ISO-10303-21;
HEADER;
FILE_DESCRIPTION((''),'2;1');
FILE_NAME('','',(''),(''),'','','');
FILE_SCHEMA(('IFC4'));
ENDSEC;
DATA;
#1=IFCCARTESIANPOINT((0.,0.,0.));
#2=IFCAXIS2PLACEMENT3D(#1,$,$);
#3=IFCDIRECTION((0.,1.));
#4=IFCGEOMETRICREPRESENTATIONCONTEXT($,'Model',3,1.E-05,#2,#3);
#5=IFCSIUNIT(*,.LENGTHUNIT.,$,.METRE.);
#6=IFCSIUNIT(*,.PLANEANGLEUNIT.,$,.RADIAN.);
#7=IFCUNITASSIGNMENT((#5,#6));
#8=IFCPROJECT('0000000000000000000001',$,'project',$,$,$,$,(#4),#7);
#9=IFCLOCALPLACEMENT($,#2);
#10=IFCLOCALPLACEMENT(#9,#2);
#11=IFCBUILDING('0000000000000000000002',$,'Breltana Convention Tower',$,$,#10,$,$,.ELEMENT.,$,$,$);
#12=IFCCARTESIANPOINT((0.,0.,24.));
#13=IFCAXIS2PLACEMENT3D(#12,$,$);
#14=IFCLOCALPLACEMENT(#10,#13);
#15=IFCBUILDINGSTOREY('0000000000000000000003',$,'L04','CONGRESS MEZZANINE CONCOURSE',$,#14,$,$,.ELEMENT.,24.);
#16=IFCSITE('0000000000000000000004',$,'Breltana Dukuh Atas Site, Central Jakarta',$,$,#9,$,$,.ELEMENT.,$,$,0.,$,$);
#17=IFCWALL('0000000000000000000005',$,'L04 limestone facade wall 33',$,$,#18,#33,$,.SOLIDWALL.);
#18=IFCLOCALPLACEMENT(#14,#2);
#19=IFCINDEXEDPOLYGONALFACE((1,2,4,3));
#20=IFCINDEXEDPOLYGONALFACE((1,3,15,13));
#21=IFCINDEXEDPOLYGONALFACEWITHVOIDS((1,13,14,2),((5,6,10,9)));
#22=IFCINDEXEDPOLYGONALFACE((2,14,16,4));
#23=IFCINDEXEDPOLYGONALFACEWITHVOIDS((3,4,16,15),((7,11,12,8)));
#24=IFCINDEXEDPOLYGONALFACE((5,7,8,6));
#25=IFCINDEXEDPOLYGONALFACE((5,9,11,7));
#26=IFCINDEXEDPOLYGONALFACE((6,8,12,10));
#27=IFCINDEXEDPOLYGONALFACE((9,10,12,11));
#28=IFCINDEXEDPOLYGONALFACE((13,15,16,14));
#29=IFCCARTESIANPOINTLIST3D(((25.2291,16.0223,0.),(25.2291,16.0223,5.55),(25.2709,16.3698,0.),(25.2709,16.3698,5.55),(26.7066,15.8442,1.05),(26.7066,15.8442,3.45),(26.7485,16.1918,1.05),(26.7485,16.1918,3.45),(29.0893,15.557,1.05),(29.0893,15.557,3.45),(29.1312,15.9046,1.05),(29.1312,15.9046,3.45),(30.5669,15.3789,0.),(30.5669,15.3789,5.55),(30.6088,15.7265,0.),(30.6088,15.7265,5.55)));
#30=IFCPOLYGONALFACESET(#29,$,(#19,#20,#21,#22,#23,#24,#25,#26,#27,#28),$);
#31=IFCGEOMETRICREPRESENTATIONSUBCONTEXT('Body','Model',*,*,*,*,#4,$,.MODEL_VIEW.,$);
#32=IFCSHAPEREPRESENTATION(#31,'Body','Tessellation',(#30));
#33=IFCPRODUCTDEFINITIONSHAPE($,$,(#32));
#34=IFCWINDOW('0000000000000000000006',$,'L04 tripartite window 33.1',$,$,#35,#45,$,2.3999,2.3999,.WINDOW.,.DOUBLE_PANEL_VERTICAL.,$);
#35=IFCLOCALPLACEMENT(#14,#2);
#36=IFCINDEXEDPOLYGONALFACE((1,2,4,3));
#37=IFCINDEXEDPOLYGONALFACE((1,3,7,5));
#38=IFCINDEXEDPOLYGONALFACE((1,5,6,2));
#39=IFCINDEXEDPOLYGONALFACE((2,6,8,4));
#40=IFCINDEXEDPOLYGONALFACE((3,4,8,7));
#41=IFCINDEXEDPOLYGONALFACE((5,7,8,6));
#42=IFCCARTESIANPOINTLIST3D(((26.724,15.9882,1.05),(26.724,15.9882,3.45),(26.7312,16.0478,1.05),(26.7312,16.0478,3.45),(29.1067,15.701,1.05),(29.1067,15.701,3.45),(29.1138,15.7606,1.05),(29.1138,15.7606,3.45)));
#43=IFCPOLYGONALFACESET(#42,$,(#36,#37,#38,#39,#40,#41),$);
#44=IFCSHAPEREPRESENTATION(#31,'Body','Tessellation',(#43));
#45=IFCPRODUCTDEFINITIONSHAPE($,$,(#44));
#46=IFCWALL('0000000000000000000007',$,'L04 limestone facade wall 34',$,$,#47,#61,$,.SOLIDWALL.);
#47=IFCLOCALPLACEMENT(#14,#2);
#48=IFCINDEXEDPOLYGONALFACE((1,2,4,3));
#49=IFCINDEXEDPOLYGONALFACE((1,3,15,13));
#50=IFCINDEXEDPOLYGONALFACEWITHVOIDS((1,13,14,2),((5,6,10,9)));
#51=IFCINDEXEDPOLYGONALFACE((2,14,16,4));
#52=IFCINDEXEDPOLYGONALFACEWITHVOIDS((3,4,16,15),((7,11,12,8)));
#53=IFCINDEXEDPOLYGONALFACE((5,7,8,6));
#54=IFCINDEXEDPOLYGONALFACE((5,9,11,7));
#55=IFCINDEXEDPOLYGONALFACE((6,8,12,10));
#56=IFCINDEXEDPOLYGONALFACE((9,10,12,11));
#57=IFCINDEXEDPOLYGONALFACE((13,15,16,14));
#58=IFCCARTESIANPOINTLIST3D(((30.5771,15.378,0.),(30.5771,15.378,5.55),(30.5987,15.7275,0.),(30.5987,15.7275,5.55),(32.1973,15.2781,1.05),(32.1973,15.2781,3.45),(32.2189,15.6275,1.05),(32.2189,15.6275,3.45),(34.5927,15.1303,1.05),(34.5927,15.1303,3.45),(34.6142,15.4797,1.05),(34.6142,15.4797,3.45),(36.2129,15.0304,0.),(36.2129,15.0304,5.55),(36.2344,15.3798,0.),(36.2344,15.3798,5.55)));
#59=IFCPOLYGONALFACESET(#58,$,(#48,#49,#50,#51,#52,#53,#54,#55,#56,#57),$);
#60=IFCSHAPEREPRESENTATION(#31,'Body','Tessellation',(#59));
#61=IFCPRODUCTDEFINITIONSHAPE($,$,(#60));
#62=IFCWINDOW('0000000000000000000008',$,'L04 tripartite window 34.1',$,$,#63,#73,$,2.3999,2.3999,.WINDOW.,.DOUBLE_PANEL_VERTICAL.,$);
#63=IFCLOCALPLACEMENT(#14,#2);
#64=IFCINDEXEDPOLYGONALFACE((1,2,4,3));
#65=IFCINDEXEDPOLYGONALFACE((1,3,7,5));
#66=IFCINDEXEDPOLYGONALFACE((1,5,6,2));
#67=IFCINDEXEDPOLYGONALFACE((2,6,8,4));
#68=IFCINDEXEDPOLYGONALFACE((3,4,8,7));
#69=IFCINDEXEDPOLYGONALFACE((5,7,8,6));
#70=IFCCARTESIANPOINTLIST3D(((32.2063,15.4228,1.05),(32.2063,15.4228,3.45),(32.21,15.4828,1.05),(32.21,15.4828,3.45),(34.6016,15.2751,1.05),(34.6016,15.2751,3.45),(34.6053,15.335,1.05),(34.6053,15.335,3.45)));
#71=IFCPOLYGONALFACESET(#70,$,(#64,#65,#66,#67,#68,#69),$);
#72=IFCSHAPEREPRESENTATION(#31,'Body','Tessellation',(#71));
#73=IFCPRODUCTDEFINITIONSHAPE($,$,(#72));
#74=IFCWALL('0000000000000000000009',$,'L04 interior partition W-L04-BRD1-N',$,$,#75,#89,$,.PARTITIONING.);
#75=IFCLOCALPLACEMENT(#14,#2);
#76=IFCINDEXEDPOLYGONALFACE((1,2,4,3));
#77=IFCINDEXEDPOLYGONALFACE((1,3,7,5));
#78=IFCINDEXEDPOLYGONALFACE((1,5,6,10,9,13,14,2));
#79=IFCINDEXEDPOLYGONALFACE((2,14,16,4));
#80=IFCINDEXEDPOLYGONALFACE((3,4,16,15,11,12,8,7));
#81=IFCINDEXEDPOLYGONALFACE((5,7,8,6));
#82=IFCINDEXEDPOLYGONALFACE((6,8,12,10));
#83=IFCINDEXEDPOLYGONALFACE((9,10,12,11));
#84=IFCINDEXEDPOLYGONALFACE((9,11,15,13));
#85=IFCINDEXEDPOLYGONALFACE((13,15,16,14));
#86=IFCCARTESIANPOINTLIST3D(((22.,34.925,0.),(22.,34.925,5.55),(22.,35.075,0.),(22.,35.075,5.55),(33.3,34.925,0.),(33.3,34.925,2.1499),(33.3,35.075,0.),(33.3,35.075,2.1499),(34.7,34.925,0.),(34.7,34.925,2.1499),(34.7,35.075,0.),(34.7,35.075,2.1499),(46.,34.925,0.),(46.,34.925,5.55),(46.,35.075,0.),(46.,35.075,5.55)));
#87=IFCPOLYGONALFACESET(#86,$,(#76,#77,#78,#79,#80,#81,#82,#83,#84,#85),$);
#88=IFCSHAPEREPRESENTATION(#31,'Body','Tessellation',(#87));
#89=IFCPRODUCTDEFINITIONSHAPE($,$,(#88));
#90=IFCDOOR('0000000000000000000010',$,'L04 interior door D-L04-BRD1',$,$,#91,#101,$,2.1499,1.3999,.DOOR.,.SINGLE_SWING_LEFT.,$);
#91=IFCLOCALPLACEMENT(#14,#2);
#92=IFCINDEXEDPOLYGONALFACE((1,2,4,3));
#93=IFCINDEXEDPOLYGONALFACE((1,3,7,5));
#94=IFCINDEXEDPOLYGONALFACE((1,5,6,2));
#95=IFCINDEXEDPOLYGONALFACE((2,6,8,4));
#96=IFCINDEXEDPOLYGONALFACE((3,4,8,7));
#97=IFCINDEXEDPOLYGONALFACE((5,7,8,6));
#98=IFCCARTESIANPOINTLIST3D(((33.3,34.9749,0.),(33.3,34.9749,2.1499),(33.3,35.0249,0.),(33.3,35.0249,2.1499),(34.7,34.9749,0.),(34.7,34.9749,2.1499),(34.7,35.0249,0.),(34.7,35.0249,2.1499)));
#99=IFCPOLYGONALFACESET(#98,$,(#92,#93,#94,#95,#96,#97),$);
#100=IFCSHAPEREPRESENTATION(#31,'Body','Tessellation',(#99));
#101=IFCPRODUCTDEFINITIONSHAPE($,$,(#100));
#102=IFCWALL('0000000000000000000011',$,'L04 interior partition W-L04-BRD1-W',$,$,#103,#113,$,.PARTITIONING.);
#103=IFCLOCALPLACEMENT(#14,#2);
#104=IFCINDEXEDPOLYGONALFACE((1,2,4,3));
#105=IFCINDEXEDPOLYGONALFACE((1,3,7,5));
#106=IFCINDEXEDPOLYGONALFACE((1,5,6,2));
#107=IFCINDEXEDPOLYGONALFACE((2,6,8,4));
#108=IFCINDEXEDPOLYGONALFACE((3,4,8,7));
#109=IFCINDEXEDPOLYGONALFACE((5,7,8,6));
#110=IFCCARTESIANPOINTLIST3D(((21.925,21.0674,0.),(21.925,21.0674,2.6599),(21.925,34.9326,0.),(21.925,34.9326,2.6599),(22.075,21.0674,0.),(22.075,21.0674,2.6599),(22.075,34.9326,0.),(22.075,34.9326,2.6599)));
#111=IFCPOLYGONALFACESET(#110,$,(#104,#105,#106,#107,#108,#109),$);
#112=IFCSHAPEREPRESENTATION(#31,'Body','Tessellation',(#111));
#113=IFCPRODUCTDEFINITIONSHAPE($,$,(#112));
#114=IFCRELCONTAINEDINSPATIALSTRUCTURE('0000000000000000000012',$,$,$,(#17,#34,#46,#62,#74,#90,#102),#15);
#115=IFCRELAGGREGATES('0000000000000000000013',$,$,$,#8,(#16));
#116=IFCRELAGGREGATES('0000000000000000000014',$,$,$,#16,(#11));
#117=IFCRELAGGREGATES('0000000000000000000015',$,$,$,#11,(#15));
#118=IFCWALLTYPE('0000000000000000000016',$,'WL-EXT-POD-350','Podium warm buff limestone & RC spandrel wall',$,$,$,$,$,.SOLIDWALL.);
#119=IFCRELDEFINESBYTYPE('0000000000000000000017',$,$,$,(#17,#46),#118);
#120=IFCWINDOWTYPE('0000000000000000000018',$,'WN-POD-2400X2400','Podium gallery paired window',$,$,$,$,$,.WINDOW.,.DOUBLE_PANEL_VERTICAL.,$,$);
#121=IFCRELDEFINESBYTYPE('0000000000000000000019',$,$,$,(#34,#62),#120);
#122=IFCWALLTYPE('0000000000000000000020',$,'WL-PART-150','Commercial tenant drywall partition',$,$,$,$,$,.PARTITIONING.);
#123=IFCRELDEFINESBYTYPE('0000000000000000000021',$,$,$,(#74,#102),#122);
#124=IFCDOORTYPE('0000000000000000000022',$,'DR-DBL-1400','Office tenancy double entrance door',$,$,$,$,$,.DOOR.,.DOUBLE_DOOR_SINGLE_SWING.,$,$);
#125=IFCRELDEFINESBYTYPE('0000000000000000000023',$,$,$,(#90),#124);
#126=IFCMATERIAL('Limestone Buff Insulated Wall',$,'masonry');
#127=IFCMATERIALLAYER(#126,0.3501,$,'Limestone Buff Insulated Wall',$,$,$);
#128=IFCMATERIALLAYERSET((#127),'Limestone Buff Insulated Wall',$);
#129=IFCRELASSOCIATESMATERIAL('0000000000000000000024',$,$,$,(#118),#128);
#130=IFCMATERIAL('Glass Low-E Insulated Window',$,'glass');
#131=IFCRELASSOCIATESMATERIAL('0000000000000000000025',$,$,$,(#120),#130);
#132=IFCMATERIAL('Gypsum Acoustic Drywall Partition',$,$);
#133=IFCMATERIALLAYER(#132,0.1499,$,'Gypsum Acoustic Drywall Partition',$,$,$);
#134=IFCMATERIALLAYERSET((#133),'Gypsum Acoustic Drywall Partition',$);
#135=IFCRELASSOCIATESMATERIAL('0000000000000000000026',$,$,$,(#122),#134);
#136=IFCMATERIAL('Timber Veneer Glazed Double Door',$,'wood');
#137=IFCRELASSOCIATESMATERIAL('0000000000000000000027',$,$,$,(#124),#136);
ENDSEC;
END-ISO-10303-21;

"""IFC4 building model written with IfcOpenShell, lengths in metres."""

from ifc_helpers import new_model, si_unit, direction, frame, frame_2d, origin, place, context, subcontext, project, spatial, rectangle, extrude, source, transform, mapped, material, layer, layer_set, type_object, type_shapes, element, fill, save


model = new_model("IFC4")

# Units and contexts
model_context = context("Model", 3, precision=1e-05, world=origin(), true_north=direction((0.0, 1.0)))
body_context = subcontext(model_context, "Body", "Model", "MODEL_VIEW")
ifc_project = project(units=[si_unit("LENGTHUNIT", "METRE"), si_unit("PLANEANGLEUNIT", "RADIAN")], contexts=[model_context])

# Site, building, storey
site_placement = place(None, origin())
site = spatial("IfcSite", under=ifc_project, at=site_placement, Name="Breltana Dukuh Atas Site, Central Jakarta", CompositionType="ELEMENT", RefElevation=0.0)
building_placement = place(site_placement, origin())
building = spatial("IfcBuilding", under=site, at=building_placement, Name="Breltana Convention Tower", CompositionType="ELEMENT")
storey_placement = place(building_placement, frame((0.0, 0.0, 24.0)))
storey = spatial("IfcBuildingStorey", under=building, at=storey_placement, Name="L04", Description="CONGRESS MEZZANINE CONCOURSE", CompositionType="ELEMENT", Elevation=24.0)

# Walls, openings, windows
ifc_material_1 = material(Name="Limestone Buff Insulated Wall", Category="masonry")
ifc_layer_1 = layer(ifc_material_1, 0.3501, Name="Limestone Buff Insulated Wall")
ifc_layer_set_1 = layer_set([ifc_layer_1], Name="Limestone Buff Insulated Wall")
wall_type_1 = type_object("IfcWallType", Name="WL-EXT-POD-350", Description="Podium warm buff limestone & RC spandrel wall", PredefinedType="SOLIDWALL", material=ifc_layer_set_1)
shared_shape_1 = source(origin(), body_context, "Body", "SweptSolid", [
    extrude(rectangle(XDim=5.3765, YDim=0.3501, at=frame_2d((2.6882, 0.0))), origin(), (0.0, 0.0, 1.0), 5.55),
])
wall_1_placement = place(storey_placement, frame((25.25, 16.196, 0.0), z_axis=(0.0, 0.0, 1.0), x_axis=(0.992816, -0.119652, 0.0)))
wall_1 = element("IfcWall", 1, at=wall_1_placement, inside=storey, type_object=wall_type_1, Name="L04 limestone facade wall 33", PredefinedType="SOLIDWALL", context=body_context, shape_type="MappedRepresentation", body=[
    mapped(shared_shape_1, transform((0.0, 0.0, 0.0), scale=1.0)),
])
opening_1_placement = place(wall_1_placement, frame((1.4883, 0.0, 1.05)))
opening_1 = element("IfcOpeningElement", 2, at=opening_1_placement, cuts=wall_1, PredefinedType="OPENING", context=body_context, shape_type="SweptSolid", body=[
    extrude(rectangle(XDim=2.3999, YDim=2.3999, at=frame_2d((1.2, 1.2))), frame((0.0, 0.1851, 0.0), z_axis=(0.0, -1.0, 0.0), x_axis=(1.0, 0.0, 0.0)), (0.0, 0.0, 1.0), 0.3701),
])
ifc_material_2 = material(Name="Glass Low-E Insulated Window", Category="glass")
window_type = type_object("IfcWindowType", Name="WN-POD-2400X2400", Description="Podium gallery paired window", PartitioningType="DOUBLE_PANEL_VERTICAL", PredefinedType="WINDOW", material=ifc_material_2)
shared_shape_2 = source(origin(), body_context, "Body", "SweptSolid", [
    extrude(rectangle(XDim=2.3999, YDim=2.3999, at=frame_2d((1.2, 1.2))), frame((0.0, 0.03, 0.0), z_axis=(0.0, -1.0, 0.0), x_axis=(1.0, 0.0, 0.0)), (0.0, 0.0, 1.0), 0.0601),
])
type_shapes(window_type, [shared_shape_2])
window_1_placement = place(opening_1_placement, origin())
window_1 = element("IfcWindow", 3, at=window_1_placement, inside=storey, type_object=window_type, Name="L04 tripartite window 33.1", OverallHeight=2.3999, OverallWidth=2.3999, PartitioningType="DOUBLE_PANEL_VERTICAL", PredefinedType="WINDOW", context=body_context, shape_type="MappedRepresentation", body=[
    mapped(shared_shape_2, transform((0.0, 0.0, 0.0), scale=1.0)),
])
fill(opening_1, window_1)
shared_shape_3 = source(origin(), body_context, "Body", "SweptSolid", [
    extrude(rectangle(XDim=5.6465, YDim=0.3501, at=frame_2d((2.8232, 0.0))), origin(), (0.0, 0.0, 1.0), 5.55),
])
wall_2_placement = place(storey_placement, frame((30.5879, 15.5527, 0.0), z_axis=(0.0, 0.0, 1.0), x_axis=(0.998103, -0.061571, 0.0)))
wall_2 = element("IfcWall", 4, at=wall_2_placement, inside=storey, type_object=wall_type_1, Name="L04 limestone facade wall 34", PredefinedType="SOLIDWALL", context=body_context, shape_type="MappedRepresentation", body=[
    mapped(shared_shape_3, transform((0.0, 0.0, 0.0), scale=1.0)),
])
opening_2_placement = place(wall_2_placement, frame((1.6233, 0.0, 1.05)))
opening_2 = element("IfcOpeningElement", 5, at=opening_2_placement, cuts=wall_2, PredefinedType="OPENING", context=body_context, shape_type="SweptSolid", body=[
    extrude(rectangle(XDim=2.3999, YDim=2.3999, at=frame_2d((1.2, 1.2))), frame((0.0, 0.1851, 0.0), z_axis=(0.0, -1.0, 0.0), x_axis=(1.0, 0.0, 0.0)), (0.0, 0.0, 1.0), 0.3701),
])
window_2_placement = place(opening_2_placement, origin())
window_2 = element("IfcWindow", 6, at=window_2_placement, inside=storey, type_object=window_type, Name="L04 tripartite window 34.1", OverallHeight=2.3999, OverallWidth=2.3999, PartitioningType="DOUBLE_PANEL_VERTICAL", PredefinedType="WINDOW", context=body_context, shape_type="MappedRepresentation", body=[
    mapped(shared_shape_2, transform((0.0, 0.0, 0.0), scale=1.0)),
])
fill(opening_2, window_2)

# Wall, opening, door
ifc_material_3 = material(Name="Gypsum Acoustic Drywall Partition")
ifc_layer_2 = layer(ifc_material_3, 0.1499, Name="Gypsum Acoustic Drywall Partition")
ifc_layer_set_2 = layer_set([ifc_layer_2], Name="Gypsum Acoustic Drywall Partition")
wall_type_2 = type_object("IfcWallType", Name="WL-PART-150", Description="Commercial tenant drywall partition", PredefinedType="PARTITIONING", material=ifc_layer_set_2)
shared_shape_4 = source(origin(), body_context, "Body", "SweptSolid", [
    extrude(rectangle(XDim=24.0, YDim=0.1499, at=frame_2d((12.0, 0.0))), origin(), (0.0, 0.0, 1.0), 5.55),
])
wall_3_placement = place(storey_placement, frame((22.0, 35.0, 0.0), z_axis=(0.0, 0.0, 1.0), x_axis=(1.0, 0.0, 0.0)))
wall_3 = element("IfcWall", 7, at=wall_3_placement, inside=storey, type_object=wall_type_2, Name="L04 interior partition W-L04-BRD1-N", PredefinedType="PARTITIONING", context=body_context, shape_type="MappedRepresentation", body=[
    mapped(shared_shape_4, transform((0.0, 0.0, 0.0), scale=1.0)),
])
opening_3_placement = place(wall_3_placement, frame((11.3, 0.0, 0.0)))
opening_3 = element("IfcOpeningElement", 8, at=opening_3_placement, cuts=wall_3, PredefinedType="OPENING", context=body_context, shape_type="SweptSolid", body=[
    extrude(rectangle(XDim=1.3999, YDim=2.1499, at=frame_2d((0.7, 1.075))), frame((0.0, 0.085, 0.0), z_axis=(0.0, -1.0, 0.0), x_axis=(1.0, 0.0, 0.0)), (0.0, 0.0, 1.0), 0.1699),
])
ifc_material_4 = material(Name="Timber Veneer Glazed Double Door", Category="wood")
door_type = type_object("IfcDoorType", Name="DR-DBL-1400", Description="Office tenancy double entrance door", OperationType="DOUBLE_DOOR_SINGLE_SWING", PredefinedType="DOOR", material=ifc_material_4)
shared_shape_5 = source(origin(), body_context, "Body", "SweptSolid", [
    extrude(rectangle(XDim=1.3999, YDim=2.1499, at=frame_2d((0.7, 1.075))), frame((0.0, 0.0249, 0.0), z_axis=(0.0, -1.0, 0.0), x_axis=(1.0, 0.0, 0.0)), (0.0, 0.0, 1.0), 0.05),
])
type_shapes(door_type, [shared_shape_5])
door_placement = place(opening_3_placement, origin())
door = element("IfcDoor", 9, at=door_placement, inside=storey, type_object=door_type, Name="L04 interior door D-L04-BRD1", OperationType="SINGLE_SWING_LEFT", OverallHeight=2.1499, OverallWidth=1.3999, PredefinedType="DOOR", context=body_context, shape_type="MappedRepresentation", body=[
    mapped(shared_shape_5, transform((0.0, 0.0, 0.0), scale=1.0)),
])
fill(opening_3, door)

# Wall
shared_shape_6 = source(origin(), body_context, "Body", "SweptSolid", [
    extrude(rectangle(XDim=13.8652, YDim=0.1499, at=frame_2d((6.9326, 0.0))), origin(), (0.0, 0.0, 1.0), 2.6599),
])
wall_4_placement = place(storey_placement, frame((22.0, 21.0674, 0.0), z_axis=(0.0, 0.0, 1.0), x_axis=(0.0, 1.0, 0.0)))
element("IfcWall", 10, at=wall_4_placement, inside=storey, type_object=wall_type_2, Name="L04 interior partition W-L04-BRD1-W", PredefinedType="PARTITIONING", context=body_context, shape_type="MappedRepresentation", body=[
    mapped(shared_shape_6, transform((0.0, 0.0, 0.0), scale=1.0)),
])

save(model, "model.ifc")
